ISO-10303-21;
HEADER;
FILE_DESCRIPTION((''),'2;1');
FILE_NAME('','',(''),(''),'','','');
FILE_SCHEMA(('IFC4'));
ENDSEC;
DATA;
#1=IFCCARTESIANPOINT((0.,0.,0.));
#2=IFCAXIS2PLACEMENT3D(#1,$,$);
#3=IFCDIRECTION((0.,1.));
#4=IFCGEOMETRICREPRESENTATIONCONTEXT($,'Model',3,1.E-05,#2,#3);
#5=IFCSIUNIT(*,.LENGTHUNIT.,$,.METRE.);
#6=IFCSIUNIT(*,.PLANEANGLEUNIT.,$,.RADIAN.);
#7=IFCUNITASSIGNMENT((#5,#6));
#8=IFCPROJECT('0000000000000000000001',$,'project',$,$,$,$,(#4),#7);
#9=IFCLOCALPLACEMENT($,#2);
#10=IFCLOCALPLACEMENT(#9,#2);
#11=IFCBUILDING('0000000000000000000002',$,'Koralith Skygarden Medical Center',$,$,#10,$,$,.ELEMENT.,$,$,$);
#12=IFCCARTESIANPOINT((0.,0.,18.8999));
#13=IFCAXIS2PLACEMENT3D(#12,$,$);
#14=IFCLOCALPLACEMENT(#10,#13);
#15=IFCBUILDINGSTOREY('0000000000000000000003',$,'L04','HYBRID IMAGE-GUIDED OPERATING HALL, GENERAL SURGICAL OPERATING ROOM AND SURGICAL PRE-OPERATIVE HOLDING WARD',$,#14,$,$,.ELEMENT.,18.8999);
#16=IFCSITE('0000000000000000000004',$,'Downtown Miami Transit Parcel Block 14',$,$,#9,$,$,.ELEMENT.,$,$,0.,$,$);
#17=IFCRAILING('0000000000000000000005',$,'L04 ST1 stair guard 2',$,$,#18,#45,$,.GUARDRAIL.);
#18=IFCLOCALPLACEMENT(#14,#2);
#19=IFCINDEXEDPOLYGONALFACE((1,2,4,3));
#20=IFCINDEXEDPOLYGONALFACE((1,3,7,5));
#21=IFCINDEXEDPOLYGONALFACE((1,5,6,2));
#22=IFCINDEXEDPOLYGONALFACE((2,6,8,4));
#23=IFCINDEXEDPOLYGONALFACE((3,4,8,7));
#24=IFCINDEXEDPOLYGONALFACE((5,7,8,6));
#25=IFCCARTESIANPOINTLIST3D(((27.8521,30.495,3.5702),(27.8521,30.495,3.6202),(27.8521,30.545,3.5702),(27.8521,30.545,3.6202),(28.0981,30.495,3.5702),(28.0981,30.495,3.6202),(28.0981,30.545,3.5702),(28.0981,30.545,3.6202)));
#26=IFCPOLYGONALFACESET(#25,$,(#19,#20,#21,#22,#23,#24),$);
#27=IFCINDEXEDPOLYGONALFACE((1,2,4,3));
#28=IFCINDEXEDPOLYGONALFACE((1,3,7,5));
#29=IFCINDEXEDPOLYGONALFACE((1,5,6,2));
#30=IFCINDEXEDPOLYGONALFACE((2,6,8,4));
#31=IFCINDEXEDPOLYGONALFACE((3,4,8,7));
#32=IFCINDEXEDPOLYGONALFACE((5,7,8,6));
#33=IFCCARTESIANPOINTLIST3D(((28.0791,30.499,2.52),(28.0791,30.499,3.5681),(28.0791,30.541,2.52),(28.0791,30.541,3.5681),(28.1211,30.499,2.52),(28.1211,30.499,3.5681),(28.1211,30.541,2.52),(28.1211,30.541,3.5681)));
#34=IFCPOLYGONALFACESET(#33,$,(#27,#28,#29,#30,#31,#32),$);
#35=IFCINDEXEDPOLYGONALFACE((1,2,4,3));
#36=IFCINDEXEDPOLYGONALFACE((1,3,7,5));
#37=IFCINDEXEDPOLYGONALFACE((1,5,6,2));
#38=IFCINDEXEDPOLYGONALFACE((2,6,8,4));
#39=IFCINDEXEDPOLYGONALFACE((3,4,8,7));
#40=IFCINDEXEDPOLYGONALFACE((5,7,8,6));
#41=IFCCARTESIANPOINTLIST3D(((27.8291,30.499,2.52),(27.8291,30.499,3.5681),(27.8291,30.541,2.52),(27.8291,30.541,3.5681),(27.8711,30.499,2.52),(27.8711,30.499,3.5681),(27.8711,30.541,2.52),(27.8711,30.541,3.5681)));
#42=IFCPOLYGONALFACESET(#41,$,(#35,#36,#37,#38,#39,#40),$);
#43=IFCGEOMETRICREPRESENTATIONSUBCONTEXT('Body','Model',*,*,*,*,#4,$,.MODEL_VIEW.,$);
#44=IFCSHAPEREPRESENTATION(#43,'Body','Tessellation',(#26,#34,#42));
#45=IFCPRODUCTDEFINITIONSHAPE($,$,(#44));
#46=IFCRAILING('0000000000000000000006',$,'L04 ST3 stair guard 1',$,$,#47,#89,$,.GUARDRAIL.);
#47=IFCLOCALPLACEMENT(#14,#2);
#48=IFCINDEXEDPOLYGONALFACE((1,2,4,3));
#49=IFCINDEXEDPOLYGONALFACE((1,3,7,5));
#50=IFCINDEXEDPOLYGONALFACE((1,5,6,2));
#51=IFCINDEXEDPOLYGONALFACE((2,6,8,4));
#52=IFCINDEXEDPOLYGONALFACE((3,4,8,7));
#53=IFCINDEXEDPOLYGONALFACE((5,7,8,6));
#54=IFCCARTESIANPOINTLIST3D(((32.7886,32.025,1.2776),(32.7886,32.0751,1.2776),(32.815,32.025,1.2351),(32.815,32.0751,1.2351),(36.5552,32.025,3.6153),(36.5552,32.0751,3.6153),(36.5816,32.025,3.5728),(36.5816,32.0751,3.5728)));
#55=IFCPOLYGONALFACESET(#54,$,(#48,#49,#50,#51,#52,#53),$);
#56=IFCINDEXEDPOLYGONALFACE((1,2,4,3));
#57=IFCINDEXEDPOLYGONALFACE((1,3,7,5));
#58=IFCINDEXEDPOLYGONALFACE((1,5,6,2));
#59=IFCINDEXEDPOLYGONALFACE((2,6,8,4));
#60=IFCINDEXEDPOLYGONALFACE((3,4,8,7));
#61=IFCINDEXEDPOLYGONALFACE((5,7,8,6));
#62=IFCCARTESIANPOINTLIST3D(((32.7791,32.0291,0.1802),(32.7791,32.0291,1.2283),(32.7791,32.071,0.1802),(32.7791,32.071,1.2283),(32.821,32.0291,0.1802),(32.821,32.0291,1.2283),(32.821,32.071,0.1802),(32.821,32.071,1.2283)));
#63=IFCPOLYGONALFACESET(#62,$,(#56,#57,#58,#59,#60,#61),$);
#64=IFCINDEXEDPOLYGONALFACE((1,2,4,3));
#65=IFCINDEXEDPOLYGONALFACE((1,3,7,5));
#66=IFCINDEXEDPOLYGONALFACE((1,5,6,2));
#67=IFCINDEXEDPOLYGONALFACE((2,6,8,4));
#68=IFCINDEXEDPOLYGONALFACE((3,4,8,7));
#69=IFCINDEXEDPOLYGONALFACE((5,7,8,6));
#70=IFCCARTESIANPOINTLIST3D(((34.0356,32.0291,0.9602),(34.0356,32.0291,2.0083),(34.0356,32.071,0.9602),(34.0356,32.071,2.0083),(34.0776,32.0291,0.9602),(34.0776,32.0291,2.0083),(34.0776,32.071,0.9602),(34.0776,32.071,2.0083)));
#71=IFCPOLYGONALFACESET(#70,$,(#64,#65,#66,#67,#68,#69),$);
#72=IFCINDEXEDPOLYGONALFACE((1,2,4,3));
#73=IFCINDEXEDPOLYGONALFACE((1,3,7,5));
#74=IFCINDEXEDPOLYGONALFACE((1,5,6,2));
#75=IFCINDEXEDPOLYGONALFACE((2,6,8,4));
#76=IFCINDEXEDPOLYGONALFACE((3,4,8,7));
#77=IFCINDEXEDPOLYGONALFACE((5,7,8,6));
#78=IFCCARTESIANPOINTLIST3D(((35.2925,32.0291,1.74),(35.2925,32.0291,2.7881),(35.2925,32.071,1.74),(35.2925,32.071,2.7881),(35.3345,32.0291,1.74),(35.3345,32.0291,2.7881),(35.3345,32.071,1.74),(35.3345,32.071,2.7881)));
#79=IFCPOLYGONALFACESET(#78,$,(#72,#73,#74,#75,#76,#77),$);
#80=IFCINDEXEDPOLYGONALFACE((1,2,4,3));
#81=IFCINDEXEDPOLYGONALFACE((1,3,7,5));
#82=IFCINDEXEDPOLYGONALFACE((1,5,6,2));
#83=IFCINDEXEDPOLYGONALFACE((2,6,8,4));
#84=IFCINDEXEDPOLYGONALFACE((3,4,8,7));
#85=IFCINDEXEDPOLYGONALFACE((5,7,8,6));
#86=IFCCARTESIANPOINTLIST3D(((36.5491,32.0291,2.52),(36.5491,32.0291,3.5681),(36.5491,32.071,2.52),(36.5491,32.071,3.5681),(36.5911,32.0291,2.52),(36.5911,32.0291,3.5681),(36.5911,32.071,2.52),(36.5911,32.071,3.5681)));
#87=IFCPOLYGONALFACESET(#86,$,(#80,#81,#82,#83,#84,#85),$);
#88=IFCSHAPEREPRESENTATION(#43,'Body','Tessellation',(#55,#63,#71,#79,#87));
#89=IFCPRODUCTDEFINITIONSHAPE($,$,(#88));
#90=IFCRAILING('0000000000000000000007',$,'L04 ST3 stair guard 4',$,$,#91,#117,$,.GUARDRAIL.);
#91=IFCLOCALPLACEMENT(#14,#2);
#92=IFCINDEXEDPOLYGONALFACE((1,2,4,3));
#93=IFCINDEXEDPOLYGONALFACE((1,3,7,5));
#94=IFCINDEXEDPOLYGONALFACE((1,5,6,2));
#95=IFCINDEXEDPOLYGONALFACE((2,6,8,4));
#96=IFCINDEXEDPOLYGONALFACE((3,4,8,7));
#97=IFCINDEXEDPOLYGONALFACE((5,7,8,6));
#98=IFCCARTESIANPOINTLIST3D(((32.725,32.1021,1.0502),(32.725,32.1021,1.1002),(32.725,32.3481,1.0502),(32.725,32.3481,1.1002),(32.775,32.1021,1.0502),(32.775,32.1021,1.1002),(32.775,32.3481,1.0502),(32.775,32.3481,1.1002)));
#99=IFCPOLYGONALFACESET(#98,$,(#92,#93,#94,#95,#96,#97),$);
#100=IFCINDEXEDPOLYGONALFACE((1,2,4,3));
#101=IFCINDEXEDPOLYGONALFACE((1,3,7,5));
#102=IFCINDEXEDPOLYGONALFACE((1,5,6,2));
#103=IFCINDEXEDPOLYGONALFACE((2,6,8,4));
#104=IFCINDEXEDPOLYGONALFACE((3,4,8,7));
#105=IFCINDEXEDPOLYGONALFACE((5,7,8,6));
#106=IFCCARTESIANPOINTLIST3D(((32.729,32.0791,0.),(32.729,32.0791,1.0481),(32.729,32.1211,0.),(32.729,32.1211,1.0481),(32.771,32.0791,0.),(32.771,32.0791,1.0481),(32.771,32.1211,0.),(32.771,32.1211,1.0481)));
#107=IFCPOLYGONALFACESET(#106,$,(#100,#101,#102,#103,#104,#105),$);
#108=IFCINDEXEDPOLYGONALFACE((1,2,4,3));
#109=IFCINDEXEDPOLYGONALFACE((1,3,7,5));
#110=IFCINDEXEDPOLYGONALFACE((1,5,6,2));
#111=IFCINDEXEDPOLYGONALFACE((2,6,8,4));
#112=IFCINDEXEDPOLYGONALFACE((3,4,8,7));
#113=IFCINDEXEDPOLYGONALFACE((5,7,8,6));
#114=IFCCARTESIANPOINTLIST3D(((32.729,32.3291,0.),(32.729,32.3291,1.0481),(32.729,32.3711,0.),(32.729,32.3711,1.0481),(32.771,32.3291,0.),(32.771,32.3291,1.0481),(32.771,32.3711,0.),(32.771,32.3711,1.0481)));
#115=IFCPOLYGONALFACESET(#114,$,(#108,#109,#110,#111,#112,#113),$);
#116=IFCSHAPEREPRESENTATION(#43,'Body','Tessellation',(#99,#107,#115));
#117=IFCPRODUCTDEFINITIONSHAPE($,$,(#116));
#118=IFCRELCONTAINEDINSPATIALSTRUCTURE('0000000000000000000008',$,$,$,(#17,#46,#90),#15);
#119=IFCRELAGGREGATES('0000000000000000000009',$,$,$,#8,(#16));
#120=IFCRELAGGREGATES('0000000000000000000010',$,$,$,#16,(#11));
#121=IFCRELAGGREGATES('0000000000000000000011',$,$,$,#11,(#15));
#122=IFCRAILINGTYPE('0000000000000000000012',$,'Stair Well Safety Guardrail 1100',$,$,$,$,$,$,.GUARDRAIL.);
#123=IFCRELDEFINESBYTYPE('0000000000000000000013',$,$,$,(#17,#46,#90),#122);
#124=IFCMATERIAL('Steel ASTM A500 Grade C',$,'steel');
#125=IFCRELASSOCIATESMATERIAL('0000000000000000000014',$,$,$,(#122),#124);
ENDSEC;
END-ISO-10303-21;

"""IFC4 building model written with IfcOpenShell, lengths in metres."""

from ifc_helpers import new_model, si_unit, direction, frame, origin, origin_2d, place, context, subcontext, project, spatial, rectangle, extrude, material, type_object, element, save


model = new_model("IFC4")

# Units and contexts
model_context = context("Model", 3, precision=1e-05, world=origin(), true_north=direction((0.0, 1.0)))
body_context = subcontext(model_context, "Body", "Model", "MODEL_VIEW")
ifc_project = project(units=[si_unit("LENGTHUNIT", "METRE"), si_unit("PLANEANGLEUNIT", "RADIAN")], contexts=[model_context])

# Site, building, storey
site_placement = place(None, origin())
site = spatial("IfcSite", under=ifc_project, at=site_placement, Name="Downtown Miami Transit Parcel Block 14", CompositionType="ELEMENT", RefElevation=0.0)
building_placement = place(site_placement, origin())
building = spatial("IfcBuilding", under=site, at=building_placement, Name="Koralith Skygarden Medical Center", CompositionType="ELEMENT")
storey_placement = place(building_placement, frame((0.0, 0.0, 18.8999)))
storey = spatial("IfcBuildingStorey", under=building, at=storey_placement, Name="L04", Description="HYBRID IMAGE-GUIDED OPERATING HALL, GENERAL SURGICAL OPERATING ROOM AND SURGICAL PRE-OPERATIVE HOLDING WARD", CompositionType="ELEMENT", Elevation=18.8999)

# Railings
ifc_material_1 = material(Name="Steel ASTM A500 Grade C", Category="steel")
railing_type = type_object("IfcRailingType", Name="Stair Well Safety Guardrail 1100", PredefinedType="GUARDRAIL", material=ifc_material_1)
railing_1_placement = place(storey_placement, frame((28.1001, 30.52, 2.52)))
element("IfcRailing", 1, at=railing_1_placement, inside=storey, type_object=railing_type, Name="L04 ST1 stair guard 2", PredefinedType="GUARDRAIL", context=body_context, shape_type="SweptSolid", body=[
    extrude(rectangle(XDim=0.05, YDim=0.05, at=origin_2d()), frame((-0.002, 0.0, 1.0752), z_axis=(-1.0, 0.0, 0.0), x_axis=(0.0, -1.0, 0.0)), (0.0, 0.0, 1.0), 0.2461),
    extrude(rectangle(XDim=0.042, YDim=0.042, at=origin_2d()), origin(), (0.0, 0.0, 1.0), 1.0481),
    extrude(rectangle(XDim=0.042, YDim=0.042, at=origin_2d()), frame((-0.25, 0.0, 0.0)), (0.0, 0.0, 1.0), 1.0481),
])
railing_2_placement = place(storey_placement, frame((32.8, 32.05, 0.1802)))
element("IfcRailing", 2, at=railing_2_placement, inside=storey, type_object=railing_type, Name="L04 ST3 stair guard 1", PredefinedType="GUARDRAIL", context=body_context, shape_type="SweptSolid", body=[
    extrude(rectangle(XDim=0.05, YDim=0.05, at=origin_2d()), frame((0.0017, 0.0, 1.0762), z_axis=(0.849657, 0.0, 0.527335), x_axis=(0.0, 1.0, 0.0)), (0.0, 0.0, 1.0), 4.4331),
    extrude(rectangle(XDim=0.042, YDim=0.042, at=origin_2d()), origin(), (0.0, 0.0, 1.0), 1.0481),
    extrude(rectangle(XDim=0.042, YDim=0.042, at=origin_2d()), frame((1.2566, 0.0, 0.78)), (0.0, 0.0, 1.0), 1.0481),
    extrude(rectangle(XDim=0.042, YDim=0.042, at=origin_2d()), frame((2.5134, 0.0, 1.5598)), (0.0, 0.0, 1.0), 1.0481),
    extrude(rectangle(XDim=0.042, YDim=0.042, at=origin_2d()), frame((3.77, 0.0, 2.3398)), (0.0, 0.0, 1.0), 1.0481),
])
railing_3_placement = place(storey_placement, frame((32.75, 32.1001, 0.0)))
element("IfcRailing", 3, at=railing_3_placement, inside=storey, type_object=railing_type, Name="L04 ST3 stair guard 4", PredefinedType="GUARDRAIL", context=body_context, shape_type="SweptSolid", body=[
    extrude(rectangle(XDim=0.05, YDim=0.05, at=origin_2d()), frame((0.0, 0.002, 1.0752), z_axis=(0.0, 1.0, 0.0), x_axis=(-1.0, 0.0, 0.0)), (0.0, 0.0, 1.0), 0.2461),
    extrude(rectangle(XDim=0.042, YDim=0.042, at=origin_2d()), origin(), (0.0, 0.0, 1.0), 1.0481),
    extrude(rectangle(XDim=0.042, YDim=0.042, at=origin_2d()), frame((0.0, 0.25, 0.0)), (0.0, 0.0, 1.0), 1.0481),
])

save(model, "model.ifc")
